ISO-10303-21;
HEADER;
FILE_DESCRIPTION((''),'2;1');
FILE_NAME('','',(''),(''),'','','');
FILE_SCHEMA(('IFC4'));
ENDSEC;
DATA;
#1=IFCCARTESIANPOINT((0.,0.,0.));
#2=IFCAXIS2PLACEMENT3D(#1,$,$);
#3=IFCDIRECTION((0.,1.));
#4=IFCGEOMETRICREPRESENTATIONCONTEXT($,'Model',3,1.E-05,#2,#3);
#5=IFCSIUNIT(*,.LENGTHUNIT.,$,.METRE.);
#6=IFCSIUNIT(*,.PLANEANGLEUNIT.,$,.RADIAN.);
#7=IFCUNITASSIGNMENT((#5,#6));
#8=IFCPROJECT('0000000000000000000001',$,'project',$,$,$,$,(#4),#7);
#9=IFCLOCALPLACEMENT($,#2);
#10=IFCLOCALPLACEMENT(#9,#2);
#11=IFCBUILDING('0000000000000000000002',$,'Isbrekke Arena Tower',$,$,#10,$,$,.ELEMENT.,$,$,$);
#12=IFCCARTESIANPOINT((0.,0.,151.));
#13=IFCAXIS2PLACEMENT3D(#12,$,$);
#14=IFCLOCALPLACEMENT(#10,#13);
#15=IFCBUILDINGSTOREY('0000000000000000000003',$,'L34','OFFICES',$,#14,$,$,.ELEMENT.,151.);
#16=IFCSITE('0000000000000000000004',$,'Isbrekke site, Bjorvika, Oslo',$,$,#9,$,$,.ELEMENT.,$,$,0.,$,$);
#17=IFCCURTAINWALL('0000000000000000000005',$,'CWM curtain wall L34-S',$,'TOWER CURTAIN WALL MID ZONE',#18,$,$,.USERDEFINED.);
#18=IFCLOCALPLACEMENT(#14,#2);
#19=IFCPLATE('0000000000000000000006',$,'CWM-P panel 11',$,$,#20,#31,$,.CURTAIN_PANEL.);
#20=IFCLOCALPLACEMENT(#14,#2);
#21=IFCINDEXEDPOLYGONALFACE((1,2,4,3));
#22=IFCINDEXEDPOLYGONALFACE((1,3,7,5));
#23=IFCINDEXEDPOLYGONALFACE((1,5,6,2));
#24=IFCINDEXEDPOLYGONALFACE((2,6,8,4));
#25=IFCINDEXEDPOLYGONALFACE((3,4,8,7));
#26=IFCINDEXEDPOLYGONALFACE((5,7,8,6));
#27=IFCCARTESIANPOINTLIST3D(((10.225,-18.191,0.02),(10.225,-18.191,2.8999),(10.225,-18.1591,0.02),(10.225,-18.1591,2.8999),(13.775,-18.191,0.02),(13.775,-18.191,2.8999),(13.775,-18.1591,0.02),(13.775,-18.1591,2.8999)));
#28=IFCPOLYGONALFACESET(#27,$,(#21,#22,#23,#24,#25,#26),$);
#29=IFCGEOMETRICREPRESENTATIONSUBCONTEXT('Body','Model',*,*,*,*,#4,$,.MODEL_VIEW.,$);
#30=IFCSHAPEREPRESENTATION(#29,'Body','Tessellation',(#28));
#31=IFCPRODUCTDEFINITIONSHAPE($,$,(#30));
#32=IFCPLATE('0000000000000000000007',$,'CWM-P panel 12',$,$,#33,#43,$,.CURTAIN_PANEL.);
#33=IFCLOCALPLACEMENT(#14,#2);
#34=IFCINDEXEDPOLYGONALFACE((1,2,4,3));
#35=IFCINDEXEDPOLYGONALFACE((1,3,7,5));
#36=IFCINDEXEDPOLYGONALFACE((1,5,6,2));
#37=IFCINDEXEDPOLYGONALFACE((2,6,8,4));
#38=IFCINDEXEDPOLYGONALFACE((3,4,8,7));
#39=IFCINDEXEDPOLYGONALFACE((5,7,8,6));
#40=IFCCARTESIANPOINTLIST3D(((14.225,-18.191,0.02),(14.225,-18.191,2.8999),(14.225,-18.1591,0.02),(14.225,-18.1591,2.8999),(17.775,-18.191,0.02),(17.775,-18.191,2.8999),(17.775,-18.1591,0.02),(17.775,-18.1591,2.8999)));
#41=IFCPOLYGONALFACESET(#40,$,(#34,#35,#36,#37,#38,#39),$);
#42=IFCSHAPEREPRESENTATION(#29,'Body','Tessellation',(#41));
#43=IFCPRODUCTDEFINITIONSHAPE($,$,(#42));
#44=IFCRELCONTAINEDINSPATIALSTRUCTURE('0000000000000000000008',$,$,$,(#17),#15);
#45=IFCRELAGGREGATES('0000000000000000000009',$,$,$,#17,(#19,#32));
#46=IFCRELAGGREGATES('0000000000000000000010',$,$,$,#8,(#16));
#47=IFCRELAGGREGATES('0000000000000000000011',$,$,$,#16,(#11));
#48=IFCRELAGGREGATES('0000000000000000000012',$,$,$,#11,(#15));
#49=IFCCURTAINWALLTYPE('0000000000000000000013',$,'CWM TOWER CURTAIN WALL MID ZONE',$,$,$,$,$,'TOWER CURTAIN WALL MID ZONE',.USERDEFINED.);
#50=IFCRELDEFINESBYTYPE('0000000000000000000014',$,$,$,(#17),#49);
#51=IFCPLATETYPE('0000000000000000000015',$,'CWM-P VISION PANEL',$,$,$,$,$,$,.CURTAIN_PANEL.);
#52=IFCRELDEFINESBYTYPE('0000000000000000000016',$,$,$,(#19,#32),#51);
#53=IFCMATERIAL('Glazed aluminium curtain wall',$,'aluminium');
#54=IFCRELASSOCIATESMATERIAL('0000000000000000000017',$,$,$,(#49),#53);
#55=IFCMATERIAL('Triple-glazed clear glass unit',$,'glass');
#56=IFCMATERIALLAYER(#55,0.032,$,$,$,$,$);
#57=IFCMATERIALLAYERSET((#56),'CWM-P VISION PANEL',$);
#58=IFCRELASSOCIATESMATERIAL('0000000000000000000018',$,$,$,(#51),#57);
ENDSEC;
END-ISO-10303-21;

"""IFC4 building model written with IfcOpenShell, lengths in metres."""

from ifc_helpers import new_model, si_unit, direction, frame, origin, origin_2d, place, context, subcontext, project, spatial, rectangle, extrude, material, layer, layer_set, type_object, element, aggregate, save


model = new_model("IFC4")

# Units and contexts
model_context = context("Model", 3, precision=1e-05, world=origin(), true_north=direction((0.0, 1.0)))
body_context = subcontext(model_context, "Body", "Model", "MODEL_VIEW")
ifc_project = project(units=[si_unit("LENGTHUNIT", "METRE"), si_unit("PLANEANGLEUNIT", "RADIAN")], contexts=[model_context])

# Site, building, storey
site_placement = place(None, origin())
site = spatial("IfcSite", under=ifc_project, at=site_placement, Name="Isbrekke site, Bjorvika, Oslo", CompositionType="ELEMENT", RefElevation=0.0)
building_placement = place(site_placement, origin())
building = spatial("IfcBuilding", under=site, at=building_placement, Name="Isbrekke Arena Tower", CompositionType="ELEMENT")
storey_placement = place(building_placement, frame((0.0, 0.0, 151.0)))
storey = spatial("IfcBuildingStorey", under=building, at=storey_placement, Name="L34", Description="OFFICES", CompositionType="ELEMENT", Elevation=151.0)

# Curtain wall
ifc_material_1 = material(Name="Glazed aluminium curtain wall", Category="aluminium")
curtain_wall_type = type_object("IfcCurtainWallType", Name="CWM TOWER CURTAIN WALL MID ZONE", ElementType="TOWER CURTAIN WALL MID ZONE", PredefinedType="USERDEFINED", material=ifc_material_1)
curtain_wall_placement = place(storey_placement, origin())
curtain_wall = element("IfcCurtainWall", 1, at=curtain_wall_placement, inside=storey, type_object=curtain_wall_type, Name="CWM curtain wall L34-S", ObjectType="TOWER CURTAIN WALL MID ZONE", PredefinedType="USERDEFINED")

# Plates
ifc_material_2 = material(Name="Triple-glazed clear glass unit", Category="glass")
ifc_layer = layer(ifc_material_2, 0.032)
ifc_layer_set = layer_set([ifc_layer], Name="CWM-P VISION PANEL")
plate_type = type_object("IfcPlateType", Name="CWM-P VISION PANEL", PredefinedType="CURTAIN_PANEL", material=ifc_layer_set)
plate_1_placement = place(storey_placement, frame((12.0, -18.175, 0.02), z_axis=(0.0, 0.0, 1.0), x_axis=(1.0, 0.0, 0.0)))
plate_1 = element("IfcPlate", 2, at=plate_1_placement, type_object=plate_type, Name="CWM-P panel 11", PredefinedType="CURTAIN_PANEL", context=body_context, shape_type="SweptSolid", body=[
    extrude(rectangle(XDim=3.55, YDim=0.032, at=origin_2d()), origin(), (0.0, 0.0, 1.0), 2.8799),
])
plate_2_placement = place(storey_placement, frame((16.0, -18.175, 0.02), z_axis=(0.0, 0.0, 1.0), x_axis=(1.0, 0.0, 0.0)))
plate_2 = element("IfcPlate", 3, at=plate_2_placement, type_object=plate_type, Name="CWM-P panel 12", PredefinedType="CURTAIN_PANEL", context=body_context, shape_type="SweptSolid", body=[
    extrude(rectangle(XDim=3.55, YDim=0.032, at=origin_2d()), origin(), (0.0, 0.0, 1.0), 2.8799),
])
aggregate(curtain_wall, [plate_1, plate_2])

save(model, "model.ifc")
